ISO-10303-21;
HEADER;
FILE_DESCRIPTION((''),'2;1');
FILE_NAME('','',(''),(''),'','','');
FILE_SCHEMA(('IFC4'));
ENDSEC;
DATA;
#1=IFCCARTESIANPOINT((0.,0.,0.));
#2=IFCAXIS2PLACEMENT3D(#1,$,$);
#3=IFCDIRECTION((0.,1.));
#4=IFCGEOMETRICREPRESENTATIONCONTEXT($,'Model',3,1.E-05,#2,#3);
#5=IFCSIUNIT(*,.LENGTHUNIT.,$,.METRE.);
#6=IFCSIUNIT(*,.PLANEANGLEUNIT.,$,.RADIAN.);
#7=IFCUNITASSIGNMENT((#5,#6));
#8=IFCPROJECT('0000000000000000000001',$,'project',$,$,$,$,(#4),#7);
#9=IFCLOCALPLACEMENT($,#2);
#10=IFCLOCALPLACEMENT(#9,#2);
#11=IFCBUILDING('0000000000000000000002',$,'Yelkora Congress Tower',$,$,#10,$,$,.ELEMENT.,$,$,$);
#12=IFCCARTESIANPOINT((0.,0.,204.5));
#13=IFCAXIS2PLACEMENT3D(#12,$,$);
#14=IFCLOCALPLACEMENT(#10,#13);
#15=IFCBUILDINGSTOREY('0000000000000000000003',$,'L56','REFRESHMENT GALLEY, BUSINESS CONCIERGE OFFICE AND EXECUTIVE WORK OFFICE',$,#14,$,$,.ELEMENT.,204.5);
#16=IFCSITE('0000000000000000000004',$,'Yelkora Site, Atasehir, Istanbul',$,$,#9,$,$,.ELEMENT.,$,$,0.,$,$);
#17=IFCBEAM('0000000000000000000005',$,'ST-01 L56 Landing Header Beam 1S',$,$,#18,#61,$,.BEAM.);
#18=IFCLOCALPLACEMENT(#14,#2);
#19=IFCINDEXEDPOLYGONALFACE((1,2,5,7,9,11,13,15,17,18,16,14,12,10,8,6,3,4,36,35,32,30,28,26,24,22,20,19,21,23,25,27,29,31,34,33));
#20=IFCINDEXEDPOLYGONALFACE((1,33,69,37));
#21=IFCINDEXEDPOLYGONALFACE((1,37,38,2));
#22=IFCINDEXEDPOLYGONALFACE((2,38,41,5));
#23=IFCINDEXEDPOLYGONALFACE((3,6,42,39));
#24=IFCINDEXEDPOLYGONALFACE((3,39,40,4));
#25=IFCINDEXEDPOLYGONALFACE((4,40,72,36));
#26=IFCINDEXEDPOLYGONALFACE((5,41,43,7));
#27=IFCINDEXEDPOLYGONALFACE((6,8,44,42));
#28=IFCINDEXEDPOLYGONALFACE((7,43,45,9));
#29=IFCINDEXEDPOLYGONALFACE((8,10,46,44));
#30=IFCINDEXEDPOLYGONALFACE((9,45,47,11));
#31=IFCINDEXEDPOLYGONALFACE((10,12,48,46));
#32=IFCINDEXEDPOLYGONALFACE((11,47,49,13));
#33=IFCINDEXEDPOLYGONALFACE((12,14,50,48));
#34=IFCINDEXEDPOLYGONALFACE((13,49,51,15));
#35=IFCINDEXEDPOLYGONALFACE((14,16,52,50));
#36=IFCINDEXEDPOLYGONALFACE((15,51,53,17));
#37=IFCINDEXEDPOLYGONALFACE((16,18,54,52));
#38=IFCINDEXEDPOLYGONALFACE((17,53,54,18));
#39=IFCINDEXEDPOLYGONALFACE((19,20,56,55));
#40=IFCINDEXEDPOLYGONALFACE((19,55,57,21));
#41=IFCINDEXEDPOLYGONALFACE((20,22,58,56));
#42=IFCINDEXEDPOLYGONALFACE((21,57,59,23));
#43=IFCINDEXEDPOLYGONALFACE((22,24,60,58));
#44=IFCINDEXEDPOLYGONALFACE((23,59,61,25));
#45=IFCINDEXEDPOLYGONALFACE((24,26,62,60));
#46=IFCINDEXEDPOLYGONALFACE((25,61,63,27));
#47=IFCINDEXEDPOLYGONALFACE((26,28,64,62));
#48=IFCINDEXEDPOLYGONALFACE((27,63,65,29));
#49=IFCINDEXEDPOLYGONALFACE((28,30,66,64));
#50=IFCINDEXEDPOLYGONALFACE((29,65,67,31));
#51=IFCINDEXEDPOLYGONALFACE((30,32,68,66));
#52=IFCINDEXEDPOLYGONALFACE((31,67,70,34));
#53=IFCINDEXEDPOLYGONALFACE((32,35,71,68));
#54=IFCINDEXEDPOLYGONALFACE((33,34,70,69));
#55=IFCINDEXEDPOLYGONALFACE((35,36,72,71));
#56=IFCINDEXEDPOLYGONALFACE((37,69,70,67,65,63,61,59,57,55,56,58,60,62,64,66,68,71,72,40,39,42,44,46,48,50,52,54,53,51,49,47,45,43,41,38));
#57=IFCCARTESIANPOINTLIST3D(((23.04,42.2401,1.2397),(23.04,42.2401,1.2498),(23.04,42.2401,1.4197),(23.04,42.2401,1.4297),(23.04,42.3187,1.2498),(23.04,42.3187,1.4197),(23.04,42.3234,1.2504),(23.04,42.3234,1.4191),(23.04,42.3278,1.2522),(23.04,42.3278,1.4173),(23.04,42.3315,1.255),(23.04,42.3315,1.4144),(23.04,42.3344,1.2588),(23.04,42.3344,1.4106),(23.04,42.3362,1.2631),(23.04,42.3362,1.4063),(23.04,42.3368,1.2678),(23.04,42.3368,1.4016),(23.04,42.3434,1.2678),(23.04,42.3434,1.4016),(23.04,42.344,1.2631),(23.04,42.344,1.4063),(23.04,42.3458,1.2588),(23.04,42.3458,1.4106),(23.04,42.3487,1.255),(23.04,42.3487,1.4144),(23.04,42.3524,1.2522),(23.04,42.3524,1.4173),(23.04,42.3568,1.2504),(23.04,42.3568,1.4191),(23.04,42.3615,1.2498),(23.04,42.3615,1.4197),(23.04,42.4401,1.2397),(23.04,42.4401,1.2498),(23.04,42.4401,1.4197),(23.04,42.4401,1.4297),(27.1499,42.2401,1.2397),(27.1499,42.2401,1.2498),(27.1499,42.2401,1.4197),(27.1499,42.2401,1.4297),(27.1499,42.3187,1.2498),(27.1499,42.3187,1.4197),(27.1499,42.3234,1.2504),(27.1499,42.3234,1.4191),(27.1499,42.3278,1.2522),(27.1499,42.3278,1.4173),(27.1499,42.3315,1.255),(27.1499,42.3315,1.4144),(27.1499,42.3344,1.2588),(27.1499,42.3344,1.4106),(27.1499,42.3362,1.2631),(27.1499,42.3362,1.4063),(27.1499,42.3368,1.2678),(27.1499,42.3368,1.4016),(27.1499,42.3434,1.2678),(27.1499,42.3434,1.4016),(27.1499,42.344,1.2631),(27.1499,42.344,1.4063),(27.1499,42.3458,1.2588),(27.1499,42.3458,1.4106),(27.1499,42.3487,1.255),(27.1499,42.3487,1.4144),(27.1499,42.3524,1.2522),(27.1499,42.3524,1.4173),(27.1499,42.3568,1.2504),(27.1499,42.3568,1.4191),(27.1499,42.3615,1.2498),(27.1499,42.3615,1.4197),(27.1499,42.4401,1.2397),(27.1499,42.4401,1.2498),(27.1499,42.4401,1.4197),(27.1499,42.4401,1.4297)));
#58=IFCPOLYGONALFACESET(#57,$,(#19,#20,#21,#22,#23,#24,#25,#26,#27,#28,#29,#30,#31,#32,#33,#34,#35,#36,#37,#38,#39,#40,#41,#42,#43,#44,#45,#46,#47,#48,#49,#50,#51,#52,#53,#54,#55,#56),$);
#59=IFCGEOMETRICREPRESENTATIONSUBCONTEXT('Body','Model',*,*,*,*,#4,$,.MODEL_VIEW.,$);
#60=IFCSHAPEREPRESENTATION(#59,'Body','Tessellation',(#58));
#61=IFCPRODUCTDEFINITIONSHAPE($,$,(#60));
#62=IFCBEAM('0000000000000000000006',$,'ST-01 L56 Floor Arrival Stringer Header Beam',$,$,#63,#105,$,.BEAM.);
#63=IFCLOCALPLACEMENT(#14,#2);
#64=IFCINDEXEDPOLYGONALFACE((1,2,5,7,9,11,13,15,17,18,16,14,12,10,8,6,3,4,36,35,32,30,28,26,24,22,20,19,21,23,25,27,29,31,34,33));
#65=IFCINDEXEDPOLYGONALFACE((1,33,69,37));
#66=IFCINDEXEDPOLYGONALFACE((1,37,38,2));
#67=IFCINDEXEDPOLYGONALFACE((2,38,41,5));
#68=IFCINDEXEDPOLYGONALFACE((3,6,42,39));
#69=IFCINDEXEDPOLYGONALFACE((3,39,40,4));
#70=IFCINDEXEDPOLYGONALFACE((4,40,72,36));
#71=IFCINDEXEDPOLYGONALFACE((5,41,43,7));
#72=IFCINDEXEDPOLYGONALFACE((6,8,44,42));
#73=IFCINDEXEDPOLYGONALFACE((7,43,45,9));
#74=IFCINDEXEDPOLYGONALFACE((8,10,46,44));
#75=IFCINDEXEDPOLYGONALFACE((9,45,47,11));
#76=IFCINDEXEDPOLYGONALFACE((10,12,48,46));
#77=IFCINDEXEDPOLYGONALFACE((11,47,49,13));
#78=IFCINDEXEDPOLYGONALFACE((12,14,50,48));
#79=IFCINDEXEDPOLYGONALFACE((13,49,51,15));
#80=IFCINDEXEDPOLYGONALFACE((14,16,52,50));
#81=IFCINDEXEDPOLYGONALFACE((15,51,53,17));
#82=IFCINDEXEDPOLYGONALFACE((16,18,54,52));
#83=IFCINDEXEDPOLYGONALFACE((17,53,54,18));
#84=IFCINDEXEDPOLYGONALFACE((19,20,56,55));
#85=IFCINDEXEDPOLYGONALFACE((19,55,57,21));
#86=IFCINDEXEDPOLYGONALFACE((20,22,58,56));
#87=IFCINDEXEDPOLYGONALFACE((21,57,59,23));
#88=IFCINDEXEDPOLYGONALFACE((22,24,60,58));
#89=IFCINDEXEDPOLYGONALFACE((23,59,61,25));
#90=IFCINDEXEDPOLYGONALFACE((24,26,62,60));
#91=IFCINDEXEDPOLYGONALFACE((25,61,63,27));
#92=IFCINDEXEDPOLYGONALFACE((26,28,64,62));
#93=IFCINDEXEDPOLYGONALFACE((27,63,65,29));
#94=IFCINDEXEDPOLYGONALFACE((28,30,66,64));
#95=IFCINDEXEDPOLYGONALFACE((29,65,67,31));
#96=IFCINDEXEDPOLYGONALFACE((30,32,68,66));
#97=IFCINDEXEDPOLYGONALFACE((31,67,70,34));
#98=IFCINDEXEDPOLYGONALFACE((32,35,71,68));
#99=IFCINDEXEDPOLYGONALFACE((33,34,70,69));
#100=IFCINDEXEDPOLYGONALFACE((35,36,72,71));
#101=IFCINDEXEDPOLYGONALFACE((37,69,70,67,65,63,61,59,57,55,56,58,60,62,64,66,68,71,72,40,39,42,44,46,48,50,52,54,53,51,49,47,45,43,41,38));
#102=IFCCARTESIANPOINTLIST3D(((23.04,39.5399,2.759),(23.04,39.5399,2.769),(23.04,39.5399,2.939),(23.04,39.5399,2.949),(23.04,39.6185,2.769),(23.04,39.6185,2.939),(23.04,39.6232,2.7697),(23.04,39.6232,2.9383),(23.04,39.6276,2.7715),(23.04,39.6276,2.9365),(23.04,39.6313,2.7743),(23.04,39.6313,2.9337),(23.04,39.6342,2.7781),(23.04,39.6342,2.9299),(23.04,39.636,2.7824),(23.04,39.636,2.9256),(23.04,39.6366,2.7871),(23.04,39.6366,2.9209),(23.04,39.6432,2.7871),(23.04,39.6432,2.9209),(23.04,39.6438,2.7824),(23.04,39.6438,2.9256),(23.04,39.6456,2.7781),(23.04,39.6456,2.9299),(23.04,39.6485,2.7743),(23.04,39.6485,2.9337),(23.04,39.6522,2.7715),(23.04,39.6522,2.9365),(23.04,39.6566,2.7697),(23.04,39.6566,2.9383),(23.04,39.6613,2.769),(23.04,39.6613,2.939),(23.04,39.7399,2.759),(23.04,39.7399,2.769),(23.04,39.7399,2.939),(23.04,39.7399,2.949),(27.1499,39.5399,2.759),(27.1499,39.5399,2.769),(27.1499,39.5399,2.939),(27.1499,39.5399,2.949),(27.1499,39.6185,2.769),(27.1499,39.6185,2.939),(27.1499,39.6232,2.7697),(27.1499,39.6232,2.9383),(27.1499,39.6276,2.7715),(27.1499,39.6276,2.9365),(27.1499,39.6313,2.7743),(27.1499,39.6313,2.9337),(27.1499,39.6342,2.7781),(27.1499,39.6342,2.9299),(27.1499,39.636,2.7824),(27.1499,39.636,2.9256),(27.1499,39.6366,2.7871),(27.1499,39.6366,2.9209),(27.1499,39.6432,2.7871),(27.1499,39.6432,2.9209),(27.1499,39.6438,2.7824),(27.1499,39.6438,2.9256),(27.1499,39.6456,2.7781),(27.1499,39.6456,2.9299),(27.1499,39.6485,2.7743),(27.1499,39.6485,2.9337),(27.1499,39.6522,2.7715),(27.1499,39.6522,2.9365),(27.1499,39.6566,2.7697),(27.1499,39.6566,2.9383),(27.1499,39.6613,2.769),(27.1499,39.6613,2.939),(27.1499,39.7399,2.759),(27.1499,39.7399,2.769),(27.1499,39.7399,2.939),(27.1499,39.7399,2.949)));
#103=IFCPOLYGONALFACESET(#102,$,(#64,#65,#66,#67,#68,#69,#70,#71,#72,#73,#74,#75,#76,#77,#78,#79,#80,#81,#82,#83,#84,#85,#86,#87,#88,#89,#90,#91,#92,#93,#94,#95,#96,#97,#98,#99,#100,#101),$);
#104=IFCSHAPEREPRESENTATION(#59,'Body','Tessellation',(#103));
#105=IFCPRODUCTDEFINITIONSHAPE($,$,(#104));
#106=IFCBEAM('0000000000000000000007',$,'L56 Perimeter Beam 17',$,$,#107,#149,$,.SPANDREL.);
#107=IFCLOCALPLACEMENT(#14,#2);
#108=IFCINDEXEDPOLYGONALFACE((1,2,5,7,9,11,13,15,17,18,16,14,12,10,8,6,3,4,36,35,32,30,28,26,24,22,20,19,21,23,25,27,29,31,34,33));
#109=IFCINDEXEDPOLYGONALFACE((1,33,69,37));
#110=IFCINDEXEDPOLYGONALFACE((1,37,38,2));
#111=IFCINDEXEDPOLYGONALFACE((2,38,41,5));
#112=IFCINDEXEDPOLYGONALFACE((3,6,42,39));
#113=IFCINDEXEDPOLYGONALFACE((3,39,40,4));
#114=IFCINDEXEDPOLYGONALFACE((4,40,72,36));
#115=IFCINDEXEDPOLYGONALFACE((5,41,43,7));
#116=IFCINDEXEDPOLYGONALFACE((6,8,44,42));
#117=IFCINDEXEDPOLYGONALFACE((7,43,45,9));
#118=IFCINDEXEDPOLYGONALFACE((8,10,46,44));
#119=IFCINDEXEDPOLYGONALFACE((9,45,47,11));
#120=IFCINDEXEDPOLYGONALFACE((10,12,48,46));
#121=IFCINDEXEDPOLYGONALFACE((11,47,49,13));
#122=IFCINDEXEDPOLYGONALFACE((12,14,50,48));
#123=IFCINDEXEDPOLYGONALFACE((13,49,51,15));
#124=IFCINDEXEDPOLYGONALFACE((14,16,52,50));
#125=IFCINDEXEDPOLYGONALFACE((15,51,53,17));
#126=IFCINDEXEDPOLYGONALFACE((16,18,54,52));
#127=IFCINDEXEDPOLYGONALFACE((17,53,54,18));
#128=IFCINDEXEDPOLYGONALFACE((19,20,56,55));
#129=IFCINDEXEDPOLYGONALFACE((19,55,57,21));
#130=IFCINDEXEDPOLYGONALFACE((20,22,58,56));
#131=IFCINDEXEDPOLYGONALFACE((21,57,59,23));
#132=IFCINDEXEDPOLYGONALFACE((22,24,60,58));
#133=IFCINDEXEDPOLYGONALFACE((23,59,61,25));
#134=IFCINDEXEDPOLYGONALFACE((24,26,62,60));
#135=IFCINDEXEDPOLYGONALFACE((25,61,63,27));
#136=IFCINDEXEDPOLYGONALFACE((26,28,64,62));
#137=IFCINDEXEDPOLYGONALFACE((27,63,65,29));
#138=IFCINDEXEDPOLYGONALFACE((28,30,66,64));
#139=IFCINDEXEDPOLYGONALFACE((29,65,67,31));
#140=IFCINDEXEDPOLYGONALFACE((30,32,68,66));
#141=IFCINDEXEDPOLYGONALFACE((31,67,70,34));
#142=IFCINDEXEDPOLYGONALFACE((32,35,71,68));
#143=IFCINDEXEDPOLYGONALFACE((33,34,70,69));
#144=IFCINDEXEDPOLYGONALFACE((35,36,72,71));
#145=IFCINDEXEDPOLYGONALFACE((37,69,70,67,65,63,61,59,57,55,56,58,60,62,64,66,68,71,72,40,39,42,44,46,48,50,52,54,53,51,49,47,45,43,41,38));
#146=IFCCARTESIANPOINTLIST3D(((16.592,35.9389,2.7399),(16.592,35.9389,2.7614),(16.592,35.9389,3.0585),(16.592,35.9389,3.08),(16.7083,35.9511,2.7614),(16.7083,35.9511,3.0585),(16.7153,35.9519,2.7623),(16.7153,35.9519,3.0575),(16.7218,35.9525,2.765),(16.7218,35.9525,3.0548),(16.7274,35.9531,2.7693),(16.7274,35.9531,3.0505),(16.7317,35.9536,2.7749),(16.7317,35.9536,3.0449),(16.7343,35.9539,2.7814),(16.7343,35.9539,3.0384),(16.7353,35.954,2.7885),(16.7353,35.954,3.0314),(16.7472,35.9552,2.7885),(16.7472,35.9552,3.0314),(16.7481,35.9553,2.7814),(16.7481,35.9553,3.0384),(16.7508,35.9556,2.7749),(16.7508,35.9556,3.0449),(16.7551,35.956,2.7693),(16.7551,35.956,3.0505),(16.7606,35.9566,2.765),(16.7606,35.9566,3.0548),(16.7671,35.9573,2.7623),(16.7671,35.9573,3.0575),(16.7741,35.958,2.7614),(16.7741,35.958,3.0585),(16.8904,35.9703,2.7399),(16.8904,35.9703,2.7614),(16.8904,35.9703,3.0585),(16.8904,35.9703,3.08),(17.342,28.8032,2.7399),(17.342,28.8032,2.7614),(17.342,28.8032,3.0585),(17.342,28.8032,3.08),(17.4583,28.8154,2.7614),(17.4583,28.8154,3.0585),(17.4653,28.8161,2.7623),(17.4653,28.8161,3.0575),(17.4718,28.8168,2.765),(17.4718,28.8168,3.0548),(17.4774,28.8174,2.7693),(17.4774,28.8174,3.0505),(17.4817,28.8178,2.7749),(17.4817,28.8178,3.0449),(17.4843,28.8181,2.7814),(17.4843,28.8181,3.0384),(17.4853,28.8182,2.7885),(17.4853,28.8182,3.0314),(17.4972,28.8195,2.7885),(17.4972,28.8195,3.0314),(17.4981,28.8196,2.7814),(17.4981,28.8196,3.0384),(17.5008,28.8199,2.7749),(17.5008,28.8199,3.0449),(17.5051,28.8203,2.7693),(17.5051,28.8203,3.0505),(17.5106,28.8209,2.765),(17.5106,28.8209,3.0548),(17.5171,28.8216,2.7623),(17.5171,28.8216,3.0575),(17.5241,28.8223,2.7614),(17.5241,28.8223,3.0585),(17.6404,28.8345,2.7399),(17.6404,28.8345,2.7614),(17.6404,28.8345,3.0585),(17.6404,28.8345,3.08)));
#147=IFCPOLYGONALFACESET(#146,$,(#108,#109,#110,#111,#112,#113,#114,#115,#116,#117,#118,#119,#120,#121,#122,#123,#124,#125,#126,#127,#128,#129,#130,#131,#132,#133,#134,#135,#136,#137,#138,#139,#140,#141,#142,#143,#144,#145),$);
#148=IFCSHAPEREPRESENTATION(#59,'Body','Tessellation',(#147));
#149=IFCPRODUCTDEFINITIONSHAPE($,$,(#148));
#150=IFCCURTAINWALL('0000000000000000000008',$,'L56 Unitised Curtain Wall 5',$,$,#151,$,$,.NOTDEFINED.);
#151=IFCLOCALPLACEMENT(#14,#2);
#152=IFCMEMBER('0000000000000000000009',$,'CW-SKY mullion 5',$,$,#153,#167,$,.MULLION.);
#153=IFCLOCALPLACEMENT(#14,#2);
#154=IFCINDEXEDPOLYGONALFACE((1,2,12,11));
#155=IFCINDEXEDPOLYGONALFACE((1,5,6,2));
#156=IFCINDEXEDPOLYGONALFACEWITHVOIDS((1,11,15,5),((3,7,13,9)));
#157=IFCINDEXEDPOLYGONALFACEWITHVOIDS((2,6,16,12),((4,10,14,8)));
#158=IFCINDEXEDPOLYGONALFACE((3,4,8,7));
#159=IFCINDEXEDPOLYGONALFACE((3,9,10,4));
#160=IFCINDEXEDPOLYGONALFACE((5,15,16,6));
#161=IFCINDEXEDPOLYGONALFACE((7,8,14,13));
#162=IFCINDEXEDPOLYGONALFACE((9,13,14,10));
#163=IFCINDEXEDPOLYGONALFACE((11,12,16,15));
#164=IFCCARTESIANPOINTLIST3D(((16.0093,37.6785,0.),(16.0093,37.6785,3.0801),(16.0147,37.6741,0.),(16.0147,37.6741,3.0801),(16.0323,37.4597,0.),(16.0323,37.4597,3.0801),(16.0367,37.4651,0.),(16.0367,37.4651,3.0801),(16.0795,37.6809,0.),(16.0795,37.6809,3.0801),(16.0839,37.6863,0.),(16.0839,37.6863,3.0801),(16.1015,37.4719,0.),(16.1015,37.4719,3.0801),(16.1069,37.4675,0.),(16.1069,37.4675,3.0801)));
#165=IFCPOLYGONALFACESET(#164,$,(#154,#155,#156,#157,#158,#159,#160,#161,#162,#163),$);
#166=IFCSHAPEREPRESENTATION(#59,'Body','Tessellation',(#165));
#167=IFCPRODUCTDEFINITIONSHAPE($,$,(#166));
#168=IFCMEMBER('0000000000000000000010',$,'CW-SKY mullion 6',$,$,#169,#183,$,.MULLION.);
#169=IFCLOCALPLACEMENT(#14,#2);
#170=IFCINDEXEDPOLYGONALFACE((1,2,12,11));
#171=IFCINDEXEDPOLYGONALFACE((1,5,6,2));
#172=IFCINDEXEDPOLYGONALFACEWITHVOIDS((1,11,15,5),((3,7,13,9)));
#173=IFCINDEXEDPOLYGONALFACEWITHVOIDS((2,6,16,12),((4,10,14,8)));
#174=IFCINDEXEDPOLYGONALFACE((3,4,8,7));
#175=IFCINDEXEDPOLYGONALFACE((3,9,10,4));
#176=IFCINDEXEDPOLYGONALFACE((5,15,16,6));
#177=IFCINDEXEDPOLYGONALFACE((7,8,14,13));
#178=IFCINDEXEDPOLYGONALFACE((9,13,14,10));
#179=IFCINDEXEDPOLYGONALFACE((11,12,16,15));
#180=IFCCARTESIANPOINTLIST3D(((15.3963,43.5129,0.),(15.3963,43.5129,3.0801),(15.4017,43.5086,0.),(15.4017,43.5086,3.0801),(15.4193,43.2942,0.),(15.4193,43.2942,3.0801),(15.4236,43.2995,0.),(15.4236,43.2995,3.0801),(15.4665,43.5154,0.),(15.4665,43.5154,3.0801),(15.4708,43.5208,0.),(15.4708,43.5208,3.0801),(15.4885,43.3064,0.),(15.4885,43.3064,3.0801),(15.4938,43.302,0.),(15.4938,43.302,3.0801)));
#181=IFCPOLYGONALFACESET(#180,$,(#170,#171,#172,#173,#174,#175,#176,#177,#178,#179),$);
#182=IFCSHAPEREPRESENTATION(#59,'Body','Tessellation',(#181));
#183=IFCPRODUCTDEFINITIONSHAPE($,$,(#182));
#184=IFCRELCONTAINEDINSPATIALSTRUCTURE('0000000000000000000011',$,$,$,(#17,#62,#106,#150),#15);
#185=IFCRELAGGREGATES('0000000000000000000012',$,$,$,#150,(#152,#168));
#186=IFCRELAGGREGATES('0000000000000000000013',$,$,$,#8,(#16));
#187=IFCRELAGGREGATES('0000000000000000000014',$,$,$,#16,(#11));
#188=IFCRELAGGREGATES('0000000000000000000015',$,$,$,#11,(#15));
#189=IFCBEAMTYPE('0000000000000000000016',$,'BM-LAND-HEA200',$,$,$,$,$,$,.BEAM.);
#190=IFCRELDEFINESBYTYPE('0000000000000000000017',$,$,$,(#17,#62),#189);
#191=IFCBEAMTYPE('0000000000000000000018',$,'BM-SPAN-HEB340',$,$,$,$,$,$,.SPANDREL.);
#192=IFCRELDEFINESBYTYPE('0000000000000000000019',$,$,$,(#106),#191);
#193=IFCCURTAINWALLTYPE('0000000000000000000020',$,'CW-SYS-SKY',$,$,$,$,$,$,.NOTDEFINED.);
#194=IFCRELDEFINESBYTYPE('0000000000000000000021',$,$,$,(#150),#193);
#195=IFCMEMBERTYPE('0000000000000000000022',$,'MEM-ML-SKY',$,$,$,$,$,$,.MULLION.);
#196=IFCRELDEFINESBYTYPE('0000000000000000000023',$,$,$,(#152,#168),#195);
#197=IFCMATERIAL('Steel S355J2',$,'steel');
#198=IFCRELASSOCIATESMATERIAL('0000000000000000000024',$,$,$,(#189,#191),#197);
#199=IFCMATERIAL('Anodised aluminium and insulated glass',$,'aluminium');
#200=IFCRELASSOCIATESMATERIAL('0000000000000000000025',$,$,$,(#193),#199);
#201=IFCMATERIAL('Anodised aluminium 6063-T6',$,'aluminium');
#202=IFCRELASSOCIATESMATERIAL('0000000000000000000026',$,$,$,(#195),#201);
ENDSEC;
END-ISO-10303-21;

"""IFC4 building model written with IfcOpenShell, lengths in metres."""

from ifc_helpers import new_model, si_unit, direction, frame, origin, origin_2d, place, context, subcontext, project, spatial, hollow_rectangle, i_section, extrude, material, material_profile, profile_set, type_object, element, aggregate, save


model = new_model("IFC4")

# Units and contexts
model_context = context("Model", 3, precision=1e-05, world=origin(), true_north=direction((0.0, 1.0)))
body_context = subcontext(model_context, "Body", "Model", "MODEL_VIEW")
ifc_project = project(units=[si_unit("LENGTHUNIT", "METRE"), si_unit("PLANEANGLEUNIT", "RADIAN")], contexts=[model_context])

# Site, building, storey
site_placement = place(None, origin())
site = spatial("IfcSite", under=ifc_project, at=site_placement, Name="Yelkora Site, Atasehir, Istanbul", CompositionType="ELEMENT", RefElevation=0.0)
building_placement = place(site_placement, origin())
building = spatial("IfcBuilding", under=site, at=building_placement, Name="Yelkora Congress Tower", CompositionType="ELEMENT")
storey_placement = place(building_placement, frame((0.0, 0.0, 204.5)))
storey = spatial("IfcBuildingStorey", under=building, at=storey_placement, Name="L56", Description="REFRESHMENT GALLEY, BUSINESS CONCIERGE OFFICE AND EXECUTIVE WORK OFFICE", CompositionType="ELEMENT", Elevation=204.5)

# Shared definitions
ifc_material_1 = material(Name="Steel S355J2", Category="steel")

# Beams
ifc_material_profile_1 = material_profile(ifc_material_1, i_section(OverallWidth=0.2, OverallDepth=0.1899, WebThickness=0.0066, FlangeThickness=0.01, FilletRadius=0.0181, at=origin_2d()), Name="HEA 200")
ifc_profile_set_1 = profile_set([ifc_material_profile_1], Name="Steel S355J2")
beam_type_1 = type_object("IfcBeamType", Name="BM-LAND-HEA200", PredefinedType="BEAM", material=ifc_profile_set_1)
for number, where, z_axis, x_axis, name in (
    (1, (23.04, 42.3401, 1.3347), (1.0, 0.0, 0.0), (0.0, 1.0, 0.0), "ST-01 L56 Landing Header Beam 1S"),
    (2, (23.04, 39.6399, 2.854), (1.0, 0.0, 0.0), (0.0, 1.0, 0.0), "ST-01 L56 Floor Arrival Stringer Header Beam"),
):
    element("IfcBeam", number, at=place(storey_placement, frame(where, z_axis=z_axis, x_axis=x_axis)), inside=storey, type_object=beam_type_1, Name=name, PredefinedType="BEAM", context=body_context, shape_type="SweptSolid", body=[
        extrude(i_section(OverallWidth=0.2, OverallDepth=0.1899, WebThickness=0.0066, FlangeThickness=0.01, FilletRadius=0.0181, at=origin_2d()), origin(), (0.0, 0.0, 1.0), 4.1099),
    ])
ifc_material_profile_2 = material_profile(ifc_material_1, i_section(OverallWidth=0.3, OverallDepth=0.3401, WebThickness=0.012, FlangeThickness=0.0215, FilletRadius=0.0271, at=origin_2d()), Name="HEB 340")
ifc_profile_set_2 = profile_set([ifc_material_profile_2], Name="Steel S355J2")
beam_type_2 = type_object("IfcBeamType", Name="BM-SPAN-HEB340", PredefinedType="SPANDREL", material=ifc_profile_set_2)
beam_1_placement = place(storey_placement, frame((16.7412, 35.9546, 2.9099), z_axis=(0.104529, -0.994522, 0.0), x_axis=(0.994522, 0.104529, 0.0)))
element("IfcBeam", 3, at=beam_1_placement, inside=storey, type_object=beam_type_2, Name="L56 Perimeter Beam 17", PredefinedType="SPANDREL", context=body_context, shape_type="SweptSolid", body=[
    extrude(i_section(OverallWidth=0.3, OverallDepth=0.3401, WebThickness=0.012, FlangeThickness=0.0215, FilletRadius=0.0271, at=origin_2d()), origin(), (0.0, 0.0, 1.0), 7.175),
])

# Curtain wall, members
ifc_material_2 = material(Name="Anodised aluminium and insulated glass", Category="aluminium")
curtain_wall_type = type_object("IfcCurtainWallType", Name="CW-SYS-SKY", PredefinedType="NOTDEFINED", material=ifc_material_2)
curtain_wall_placement = place(storey_placement, origin())
curtain_wall = element("IfcCurtainWall", 4, at=curtain_wall_placement, inside=storey, type_object=curtain_wall_type, Name="L56 Unitised Curtain Wall 5", PredefinedType="NOTDEFINED")
ifc_material_3 = material(Name="Anodised aluminium 6063-T6", Category="aluminium")
ifc_material_profile_3 = material_profile(ifc_material_3, hollow_rectangle(XDim=0.075, YDim=0.22, WallThickness=0.0049, at=origin_2d()), Name="ALU 75x220x5")
ifc_profile_set_3 = profile_set([ifc_material_profile_3], Name="Anodised aluminium 6063-T6")
member_type_1 = type_object("IfcMemberType", Name="MEM-ML-SKY", PredefinedType="MULLION", material=ifc_profile_set_3)
member_1_placement = place(storey_placement, frame((16.0581, 37.573, 0.0), z_axis=(0.0, 0.0, 1.0), x_axis=(-0.994522, -0.104526, 0.0)))
member_1 = element("IfcMember", 5, at=member_1_placement, type_object=member_type_1, Name="CW-SKY mullion 5", PredefinedType="MULLION", context=body_context, shape_type="SweptSolid", body=[
    extrude(hollow_rectangle(XDim=0.075, YDim=0.22, WallThickness=0.0049, at=origin_2d()), origin(), (0.0, 0.0, 1.0), 3.0801),
])
member_2_placement = place(storey_placement, frame((15.4451, 43.4075, 0.0), z_axis=(0.0, 0.0, 1.0), x_axis=(-0.994522, -0.104526, 0.0)))
member_2 = element("IfcMember", 6, at=member_2_placement, type_object=member_type_1, Name="CW-SKY mullion 6", PredefinedType="MULLION", context=body_context, shape_type="SweptSolid", body=[
    extrude(hollow_rectangle(XDim=0.075, YDim=0.22, WallThickness=0.0049, at=origin_2d()), origin(), (0.0, 0.0, 1.0), 3.0801),
])
aggregate(curtain_wall, [member_1, member_2])

save(model, "model.ifc")
